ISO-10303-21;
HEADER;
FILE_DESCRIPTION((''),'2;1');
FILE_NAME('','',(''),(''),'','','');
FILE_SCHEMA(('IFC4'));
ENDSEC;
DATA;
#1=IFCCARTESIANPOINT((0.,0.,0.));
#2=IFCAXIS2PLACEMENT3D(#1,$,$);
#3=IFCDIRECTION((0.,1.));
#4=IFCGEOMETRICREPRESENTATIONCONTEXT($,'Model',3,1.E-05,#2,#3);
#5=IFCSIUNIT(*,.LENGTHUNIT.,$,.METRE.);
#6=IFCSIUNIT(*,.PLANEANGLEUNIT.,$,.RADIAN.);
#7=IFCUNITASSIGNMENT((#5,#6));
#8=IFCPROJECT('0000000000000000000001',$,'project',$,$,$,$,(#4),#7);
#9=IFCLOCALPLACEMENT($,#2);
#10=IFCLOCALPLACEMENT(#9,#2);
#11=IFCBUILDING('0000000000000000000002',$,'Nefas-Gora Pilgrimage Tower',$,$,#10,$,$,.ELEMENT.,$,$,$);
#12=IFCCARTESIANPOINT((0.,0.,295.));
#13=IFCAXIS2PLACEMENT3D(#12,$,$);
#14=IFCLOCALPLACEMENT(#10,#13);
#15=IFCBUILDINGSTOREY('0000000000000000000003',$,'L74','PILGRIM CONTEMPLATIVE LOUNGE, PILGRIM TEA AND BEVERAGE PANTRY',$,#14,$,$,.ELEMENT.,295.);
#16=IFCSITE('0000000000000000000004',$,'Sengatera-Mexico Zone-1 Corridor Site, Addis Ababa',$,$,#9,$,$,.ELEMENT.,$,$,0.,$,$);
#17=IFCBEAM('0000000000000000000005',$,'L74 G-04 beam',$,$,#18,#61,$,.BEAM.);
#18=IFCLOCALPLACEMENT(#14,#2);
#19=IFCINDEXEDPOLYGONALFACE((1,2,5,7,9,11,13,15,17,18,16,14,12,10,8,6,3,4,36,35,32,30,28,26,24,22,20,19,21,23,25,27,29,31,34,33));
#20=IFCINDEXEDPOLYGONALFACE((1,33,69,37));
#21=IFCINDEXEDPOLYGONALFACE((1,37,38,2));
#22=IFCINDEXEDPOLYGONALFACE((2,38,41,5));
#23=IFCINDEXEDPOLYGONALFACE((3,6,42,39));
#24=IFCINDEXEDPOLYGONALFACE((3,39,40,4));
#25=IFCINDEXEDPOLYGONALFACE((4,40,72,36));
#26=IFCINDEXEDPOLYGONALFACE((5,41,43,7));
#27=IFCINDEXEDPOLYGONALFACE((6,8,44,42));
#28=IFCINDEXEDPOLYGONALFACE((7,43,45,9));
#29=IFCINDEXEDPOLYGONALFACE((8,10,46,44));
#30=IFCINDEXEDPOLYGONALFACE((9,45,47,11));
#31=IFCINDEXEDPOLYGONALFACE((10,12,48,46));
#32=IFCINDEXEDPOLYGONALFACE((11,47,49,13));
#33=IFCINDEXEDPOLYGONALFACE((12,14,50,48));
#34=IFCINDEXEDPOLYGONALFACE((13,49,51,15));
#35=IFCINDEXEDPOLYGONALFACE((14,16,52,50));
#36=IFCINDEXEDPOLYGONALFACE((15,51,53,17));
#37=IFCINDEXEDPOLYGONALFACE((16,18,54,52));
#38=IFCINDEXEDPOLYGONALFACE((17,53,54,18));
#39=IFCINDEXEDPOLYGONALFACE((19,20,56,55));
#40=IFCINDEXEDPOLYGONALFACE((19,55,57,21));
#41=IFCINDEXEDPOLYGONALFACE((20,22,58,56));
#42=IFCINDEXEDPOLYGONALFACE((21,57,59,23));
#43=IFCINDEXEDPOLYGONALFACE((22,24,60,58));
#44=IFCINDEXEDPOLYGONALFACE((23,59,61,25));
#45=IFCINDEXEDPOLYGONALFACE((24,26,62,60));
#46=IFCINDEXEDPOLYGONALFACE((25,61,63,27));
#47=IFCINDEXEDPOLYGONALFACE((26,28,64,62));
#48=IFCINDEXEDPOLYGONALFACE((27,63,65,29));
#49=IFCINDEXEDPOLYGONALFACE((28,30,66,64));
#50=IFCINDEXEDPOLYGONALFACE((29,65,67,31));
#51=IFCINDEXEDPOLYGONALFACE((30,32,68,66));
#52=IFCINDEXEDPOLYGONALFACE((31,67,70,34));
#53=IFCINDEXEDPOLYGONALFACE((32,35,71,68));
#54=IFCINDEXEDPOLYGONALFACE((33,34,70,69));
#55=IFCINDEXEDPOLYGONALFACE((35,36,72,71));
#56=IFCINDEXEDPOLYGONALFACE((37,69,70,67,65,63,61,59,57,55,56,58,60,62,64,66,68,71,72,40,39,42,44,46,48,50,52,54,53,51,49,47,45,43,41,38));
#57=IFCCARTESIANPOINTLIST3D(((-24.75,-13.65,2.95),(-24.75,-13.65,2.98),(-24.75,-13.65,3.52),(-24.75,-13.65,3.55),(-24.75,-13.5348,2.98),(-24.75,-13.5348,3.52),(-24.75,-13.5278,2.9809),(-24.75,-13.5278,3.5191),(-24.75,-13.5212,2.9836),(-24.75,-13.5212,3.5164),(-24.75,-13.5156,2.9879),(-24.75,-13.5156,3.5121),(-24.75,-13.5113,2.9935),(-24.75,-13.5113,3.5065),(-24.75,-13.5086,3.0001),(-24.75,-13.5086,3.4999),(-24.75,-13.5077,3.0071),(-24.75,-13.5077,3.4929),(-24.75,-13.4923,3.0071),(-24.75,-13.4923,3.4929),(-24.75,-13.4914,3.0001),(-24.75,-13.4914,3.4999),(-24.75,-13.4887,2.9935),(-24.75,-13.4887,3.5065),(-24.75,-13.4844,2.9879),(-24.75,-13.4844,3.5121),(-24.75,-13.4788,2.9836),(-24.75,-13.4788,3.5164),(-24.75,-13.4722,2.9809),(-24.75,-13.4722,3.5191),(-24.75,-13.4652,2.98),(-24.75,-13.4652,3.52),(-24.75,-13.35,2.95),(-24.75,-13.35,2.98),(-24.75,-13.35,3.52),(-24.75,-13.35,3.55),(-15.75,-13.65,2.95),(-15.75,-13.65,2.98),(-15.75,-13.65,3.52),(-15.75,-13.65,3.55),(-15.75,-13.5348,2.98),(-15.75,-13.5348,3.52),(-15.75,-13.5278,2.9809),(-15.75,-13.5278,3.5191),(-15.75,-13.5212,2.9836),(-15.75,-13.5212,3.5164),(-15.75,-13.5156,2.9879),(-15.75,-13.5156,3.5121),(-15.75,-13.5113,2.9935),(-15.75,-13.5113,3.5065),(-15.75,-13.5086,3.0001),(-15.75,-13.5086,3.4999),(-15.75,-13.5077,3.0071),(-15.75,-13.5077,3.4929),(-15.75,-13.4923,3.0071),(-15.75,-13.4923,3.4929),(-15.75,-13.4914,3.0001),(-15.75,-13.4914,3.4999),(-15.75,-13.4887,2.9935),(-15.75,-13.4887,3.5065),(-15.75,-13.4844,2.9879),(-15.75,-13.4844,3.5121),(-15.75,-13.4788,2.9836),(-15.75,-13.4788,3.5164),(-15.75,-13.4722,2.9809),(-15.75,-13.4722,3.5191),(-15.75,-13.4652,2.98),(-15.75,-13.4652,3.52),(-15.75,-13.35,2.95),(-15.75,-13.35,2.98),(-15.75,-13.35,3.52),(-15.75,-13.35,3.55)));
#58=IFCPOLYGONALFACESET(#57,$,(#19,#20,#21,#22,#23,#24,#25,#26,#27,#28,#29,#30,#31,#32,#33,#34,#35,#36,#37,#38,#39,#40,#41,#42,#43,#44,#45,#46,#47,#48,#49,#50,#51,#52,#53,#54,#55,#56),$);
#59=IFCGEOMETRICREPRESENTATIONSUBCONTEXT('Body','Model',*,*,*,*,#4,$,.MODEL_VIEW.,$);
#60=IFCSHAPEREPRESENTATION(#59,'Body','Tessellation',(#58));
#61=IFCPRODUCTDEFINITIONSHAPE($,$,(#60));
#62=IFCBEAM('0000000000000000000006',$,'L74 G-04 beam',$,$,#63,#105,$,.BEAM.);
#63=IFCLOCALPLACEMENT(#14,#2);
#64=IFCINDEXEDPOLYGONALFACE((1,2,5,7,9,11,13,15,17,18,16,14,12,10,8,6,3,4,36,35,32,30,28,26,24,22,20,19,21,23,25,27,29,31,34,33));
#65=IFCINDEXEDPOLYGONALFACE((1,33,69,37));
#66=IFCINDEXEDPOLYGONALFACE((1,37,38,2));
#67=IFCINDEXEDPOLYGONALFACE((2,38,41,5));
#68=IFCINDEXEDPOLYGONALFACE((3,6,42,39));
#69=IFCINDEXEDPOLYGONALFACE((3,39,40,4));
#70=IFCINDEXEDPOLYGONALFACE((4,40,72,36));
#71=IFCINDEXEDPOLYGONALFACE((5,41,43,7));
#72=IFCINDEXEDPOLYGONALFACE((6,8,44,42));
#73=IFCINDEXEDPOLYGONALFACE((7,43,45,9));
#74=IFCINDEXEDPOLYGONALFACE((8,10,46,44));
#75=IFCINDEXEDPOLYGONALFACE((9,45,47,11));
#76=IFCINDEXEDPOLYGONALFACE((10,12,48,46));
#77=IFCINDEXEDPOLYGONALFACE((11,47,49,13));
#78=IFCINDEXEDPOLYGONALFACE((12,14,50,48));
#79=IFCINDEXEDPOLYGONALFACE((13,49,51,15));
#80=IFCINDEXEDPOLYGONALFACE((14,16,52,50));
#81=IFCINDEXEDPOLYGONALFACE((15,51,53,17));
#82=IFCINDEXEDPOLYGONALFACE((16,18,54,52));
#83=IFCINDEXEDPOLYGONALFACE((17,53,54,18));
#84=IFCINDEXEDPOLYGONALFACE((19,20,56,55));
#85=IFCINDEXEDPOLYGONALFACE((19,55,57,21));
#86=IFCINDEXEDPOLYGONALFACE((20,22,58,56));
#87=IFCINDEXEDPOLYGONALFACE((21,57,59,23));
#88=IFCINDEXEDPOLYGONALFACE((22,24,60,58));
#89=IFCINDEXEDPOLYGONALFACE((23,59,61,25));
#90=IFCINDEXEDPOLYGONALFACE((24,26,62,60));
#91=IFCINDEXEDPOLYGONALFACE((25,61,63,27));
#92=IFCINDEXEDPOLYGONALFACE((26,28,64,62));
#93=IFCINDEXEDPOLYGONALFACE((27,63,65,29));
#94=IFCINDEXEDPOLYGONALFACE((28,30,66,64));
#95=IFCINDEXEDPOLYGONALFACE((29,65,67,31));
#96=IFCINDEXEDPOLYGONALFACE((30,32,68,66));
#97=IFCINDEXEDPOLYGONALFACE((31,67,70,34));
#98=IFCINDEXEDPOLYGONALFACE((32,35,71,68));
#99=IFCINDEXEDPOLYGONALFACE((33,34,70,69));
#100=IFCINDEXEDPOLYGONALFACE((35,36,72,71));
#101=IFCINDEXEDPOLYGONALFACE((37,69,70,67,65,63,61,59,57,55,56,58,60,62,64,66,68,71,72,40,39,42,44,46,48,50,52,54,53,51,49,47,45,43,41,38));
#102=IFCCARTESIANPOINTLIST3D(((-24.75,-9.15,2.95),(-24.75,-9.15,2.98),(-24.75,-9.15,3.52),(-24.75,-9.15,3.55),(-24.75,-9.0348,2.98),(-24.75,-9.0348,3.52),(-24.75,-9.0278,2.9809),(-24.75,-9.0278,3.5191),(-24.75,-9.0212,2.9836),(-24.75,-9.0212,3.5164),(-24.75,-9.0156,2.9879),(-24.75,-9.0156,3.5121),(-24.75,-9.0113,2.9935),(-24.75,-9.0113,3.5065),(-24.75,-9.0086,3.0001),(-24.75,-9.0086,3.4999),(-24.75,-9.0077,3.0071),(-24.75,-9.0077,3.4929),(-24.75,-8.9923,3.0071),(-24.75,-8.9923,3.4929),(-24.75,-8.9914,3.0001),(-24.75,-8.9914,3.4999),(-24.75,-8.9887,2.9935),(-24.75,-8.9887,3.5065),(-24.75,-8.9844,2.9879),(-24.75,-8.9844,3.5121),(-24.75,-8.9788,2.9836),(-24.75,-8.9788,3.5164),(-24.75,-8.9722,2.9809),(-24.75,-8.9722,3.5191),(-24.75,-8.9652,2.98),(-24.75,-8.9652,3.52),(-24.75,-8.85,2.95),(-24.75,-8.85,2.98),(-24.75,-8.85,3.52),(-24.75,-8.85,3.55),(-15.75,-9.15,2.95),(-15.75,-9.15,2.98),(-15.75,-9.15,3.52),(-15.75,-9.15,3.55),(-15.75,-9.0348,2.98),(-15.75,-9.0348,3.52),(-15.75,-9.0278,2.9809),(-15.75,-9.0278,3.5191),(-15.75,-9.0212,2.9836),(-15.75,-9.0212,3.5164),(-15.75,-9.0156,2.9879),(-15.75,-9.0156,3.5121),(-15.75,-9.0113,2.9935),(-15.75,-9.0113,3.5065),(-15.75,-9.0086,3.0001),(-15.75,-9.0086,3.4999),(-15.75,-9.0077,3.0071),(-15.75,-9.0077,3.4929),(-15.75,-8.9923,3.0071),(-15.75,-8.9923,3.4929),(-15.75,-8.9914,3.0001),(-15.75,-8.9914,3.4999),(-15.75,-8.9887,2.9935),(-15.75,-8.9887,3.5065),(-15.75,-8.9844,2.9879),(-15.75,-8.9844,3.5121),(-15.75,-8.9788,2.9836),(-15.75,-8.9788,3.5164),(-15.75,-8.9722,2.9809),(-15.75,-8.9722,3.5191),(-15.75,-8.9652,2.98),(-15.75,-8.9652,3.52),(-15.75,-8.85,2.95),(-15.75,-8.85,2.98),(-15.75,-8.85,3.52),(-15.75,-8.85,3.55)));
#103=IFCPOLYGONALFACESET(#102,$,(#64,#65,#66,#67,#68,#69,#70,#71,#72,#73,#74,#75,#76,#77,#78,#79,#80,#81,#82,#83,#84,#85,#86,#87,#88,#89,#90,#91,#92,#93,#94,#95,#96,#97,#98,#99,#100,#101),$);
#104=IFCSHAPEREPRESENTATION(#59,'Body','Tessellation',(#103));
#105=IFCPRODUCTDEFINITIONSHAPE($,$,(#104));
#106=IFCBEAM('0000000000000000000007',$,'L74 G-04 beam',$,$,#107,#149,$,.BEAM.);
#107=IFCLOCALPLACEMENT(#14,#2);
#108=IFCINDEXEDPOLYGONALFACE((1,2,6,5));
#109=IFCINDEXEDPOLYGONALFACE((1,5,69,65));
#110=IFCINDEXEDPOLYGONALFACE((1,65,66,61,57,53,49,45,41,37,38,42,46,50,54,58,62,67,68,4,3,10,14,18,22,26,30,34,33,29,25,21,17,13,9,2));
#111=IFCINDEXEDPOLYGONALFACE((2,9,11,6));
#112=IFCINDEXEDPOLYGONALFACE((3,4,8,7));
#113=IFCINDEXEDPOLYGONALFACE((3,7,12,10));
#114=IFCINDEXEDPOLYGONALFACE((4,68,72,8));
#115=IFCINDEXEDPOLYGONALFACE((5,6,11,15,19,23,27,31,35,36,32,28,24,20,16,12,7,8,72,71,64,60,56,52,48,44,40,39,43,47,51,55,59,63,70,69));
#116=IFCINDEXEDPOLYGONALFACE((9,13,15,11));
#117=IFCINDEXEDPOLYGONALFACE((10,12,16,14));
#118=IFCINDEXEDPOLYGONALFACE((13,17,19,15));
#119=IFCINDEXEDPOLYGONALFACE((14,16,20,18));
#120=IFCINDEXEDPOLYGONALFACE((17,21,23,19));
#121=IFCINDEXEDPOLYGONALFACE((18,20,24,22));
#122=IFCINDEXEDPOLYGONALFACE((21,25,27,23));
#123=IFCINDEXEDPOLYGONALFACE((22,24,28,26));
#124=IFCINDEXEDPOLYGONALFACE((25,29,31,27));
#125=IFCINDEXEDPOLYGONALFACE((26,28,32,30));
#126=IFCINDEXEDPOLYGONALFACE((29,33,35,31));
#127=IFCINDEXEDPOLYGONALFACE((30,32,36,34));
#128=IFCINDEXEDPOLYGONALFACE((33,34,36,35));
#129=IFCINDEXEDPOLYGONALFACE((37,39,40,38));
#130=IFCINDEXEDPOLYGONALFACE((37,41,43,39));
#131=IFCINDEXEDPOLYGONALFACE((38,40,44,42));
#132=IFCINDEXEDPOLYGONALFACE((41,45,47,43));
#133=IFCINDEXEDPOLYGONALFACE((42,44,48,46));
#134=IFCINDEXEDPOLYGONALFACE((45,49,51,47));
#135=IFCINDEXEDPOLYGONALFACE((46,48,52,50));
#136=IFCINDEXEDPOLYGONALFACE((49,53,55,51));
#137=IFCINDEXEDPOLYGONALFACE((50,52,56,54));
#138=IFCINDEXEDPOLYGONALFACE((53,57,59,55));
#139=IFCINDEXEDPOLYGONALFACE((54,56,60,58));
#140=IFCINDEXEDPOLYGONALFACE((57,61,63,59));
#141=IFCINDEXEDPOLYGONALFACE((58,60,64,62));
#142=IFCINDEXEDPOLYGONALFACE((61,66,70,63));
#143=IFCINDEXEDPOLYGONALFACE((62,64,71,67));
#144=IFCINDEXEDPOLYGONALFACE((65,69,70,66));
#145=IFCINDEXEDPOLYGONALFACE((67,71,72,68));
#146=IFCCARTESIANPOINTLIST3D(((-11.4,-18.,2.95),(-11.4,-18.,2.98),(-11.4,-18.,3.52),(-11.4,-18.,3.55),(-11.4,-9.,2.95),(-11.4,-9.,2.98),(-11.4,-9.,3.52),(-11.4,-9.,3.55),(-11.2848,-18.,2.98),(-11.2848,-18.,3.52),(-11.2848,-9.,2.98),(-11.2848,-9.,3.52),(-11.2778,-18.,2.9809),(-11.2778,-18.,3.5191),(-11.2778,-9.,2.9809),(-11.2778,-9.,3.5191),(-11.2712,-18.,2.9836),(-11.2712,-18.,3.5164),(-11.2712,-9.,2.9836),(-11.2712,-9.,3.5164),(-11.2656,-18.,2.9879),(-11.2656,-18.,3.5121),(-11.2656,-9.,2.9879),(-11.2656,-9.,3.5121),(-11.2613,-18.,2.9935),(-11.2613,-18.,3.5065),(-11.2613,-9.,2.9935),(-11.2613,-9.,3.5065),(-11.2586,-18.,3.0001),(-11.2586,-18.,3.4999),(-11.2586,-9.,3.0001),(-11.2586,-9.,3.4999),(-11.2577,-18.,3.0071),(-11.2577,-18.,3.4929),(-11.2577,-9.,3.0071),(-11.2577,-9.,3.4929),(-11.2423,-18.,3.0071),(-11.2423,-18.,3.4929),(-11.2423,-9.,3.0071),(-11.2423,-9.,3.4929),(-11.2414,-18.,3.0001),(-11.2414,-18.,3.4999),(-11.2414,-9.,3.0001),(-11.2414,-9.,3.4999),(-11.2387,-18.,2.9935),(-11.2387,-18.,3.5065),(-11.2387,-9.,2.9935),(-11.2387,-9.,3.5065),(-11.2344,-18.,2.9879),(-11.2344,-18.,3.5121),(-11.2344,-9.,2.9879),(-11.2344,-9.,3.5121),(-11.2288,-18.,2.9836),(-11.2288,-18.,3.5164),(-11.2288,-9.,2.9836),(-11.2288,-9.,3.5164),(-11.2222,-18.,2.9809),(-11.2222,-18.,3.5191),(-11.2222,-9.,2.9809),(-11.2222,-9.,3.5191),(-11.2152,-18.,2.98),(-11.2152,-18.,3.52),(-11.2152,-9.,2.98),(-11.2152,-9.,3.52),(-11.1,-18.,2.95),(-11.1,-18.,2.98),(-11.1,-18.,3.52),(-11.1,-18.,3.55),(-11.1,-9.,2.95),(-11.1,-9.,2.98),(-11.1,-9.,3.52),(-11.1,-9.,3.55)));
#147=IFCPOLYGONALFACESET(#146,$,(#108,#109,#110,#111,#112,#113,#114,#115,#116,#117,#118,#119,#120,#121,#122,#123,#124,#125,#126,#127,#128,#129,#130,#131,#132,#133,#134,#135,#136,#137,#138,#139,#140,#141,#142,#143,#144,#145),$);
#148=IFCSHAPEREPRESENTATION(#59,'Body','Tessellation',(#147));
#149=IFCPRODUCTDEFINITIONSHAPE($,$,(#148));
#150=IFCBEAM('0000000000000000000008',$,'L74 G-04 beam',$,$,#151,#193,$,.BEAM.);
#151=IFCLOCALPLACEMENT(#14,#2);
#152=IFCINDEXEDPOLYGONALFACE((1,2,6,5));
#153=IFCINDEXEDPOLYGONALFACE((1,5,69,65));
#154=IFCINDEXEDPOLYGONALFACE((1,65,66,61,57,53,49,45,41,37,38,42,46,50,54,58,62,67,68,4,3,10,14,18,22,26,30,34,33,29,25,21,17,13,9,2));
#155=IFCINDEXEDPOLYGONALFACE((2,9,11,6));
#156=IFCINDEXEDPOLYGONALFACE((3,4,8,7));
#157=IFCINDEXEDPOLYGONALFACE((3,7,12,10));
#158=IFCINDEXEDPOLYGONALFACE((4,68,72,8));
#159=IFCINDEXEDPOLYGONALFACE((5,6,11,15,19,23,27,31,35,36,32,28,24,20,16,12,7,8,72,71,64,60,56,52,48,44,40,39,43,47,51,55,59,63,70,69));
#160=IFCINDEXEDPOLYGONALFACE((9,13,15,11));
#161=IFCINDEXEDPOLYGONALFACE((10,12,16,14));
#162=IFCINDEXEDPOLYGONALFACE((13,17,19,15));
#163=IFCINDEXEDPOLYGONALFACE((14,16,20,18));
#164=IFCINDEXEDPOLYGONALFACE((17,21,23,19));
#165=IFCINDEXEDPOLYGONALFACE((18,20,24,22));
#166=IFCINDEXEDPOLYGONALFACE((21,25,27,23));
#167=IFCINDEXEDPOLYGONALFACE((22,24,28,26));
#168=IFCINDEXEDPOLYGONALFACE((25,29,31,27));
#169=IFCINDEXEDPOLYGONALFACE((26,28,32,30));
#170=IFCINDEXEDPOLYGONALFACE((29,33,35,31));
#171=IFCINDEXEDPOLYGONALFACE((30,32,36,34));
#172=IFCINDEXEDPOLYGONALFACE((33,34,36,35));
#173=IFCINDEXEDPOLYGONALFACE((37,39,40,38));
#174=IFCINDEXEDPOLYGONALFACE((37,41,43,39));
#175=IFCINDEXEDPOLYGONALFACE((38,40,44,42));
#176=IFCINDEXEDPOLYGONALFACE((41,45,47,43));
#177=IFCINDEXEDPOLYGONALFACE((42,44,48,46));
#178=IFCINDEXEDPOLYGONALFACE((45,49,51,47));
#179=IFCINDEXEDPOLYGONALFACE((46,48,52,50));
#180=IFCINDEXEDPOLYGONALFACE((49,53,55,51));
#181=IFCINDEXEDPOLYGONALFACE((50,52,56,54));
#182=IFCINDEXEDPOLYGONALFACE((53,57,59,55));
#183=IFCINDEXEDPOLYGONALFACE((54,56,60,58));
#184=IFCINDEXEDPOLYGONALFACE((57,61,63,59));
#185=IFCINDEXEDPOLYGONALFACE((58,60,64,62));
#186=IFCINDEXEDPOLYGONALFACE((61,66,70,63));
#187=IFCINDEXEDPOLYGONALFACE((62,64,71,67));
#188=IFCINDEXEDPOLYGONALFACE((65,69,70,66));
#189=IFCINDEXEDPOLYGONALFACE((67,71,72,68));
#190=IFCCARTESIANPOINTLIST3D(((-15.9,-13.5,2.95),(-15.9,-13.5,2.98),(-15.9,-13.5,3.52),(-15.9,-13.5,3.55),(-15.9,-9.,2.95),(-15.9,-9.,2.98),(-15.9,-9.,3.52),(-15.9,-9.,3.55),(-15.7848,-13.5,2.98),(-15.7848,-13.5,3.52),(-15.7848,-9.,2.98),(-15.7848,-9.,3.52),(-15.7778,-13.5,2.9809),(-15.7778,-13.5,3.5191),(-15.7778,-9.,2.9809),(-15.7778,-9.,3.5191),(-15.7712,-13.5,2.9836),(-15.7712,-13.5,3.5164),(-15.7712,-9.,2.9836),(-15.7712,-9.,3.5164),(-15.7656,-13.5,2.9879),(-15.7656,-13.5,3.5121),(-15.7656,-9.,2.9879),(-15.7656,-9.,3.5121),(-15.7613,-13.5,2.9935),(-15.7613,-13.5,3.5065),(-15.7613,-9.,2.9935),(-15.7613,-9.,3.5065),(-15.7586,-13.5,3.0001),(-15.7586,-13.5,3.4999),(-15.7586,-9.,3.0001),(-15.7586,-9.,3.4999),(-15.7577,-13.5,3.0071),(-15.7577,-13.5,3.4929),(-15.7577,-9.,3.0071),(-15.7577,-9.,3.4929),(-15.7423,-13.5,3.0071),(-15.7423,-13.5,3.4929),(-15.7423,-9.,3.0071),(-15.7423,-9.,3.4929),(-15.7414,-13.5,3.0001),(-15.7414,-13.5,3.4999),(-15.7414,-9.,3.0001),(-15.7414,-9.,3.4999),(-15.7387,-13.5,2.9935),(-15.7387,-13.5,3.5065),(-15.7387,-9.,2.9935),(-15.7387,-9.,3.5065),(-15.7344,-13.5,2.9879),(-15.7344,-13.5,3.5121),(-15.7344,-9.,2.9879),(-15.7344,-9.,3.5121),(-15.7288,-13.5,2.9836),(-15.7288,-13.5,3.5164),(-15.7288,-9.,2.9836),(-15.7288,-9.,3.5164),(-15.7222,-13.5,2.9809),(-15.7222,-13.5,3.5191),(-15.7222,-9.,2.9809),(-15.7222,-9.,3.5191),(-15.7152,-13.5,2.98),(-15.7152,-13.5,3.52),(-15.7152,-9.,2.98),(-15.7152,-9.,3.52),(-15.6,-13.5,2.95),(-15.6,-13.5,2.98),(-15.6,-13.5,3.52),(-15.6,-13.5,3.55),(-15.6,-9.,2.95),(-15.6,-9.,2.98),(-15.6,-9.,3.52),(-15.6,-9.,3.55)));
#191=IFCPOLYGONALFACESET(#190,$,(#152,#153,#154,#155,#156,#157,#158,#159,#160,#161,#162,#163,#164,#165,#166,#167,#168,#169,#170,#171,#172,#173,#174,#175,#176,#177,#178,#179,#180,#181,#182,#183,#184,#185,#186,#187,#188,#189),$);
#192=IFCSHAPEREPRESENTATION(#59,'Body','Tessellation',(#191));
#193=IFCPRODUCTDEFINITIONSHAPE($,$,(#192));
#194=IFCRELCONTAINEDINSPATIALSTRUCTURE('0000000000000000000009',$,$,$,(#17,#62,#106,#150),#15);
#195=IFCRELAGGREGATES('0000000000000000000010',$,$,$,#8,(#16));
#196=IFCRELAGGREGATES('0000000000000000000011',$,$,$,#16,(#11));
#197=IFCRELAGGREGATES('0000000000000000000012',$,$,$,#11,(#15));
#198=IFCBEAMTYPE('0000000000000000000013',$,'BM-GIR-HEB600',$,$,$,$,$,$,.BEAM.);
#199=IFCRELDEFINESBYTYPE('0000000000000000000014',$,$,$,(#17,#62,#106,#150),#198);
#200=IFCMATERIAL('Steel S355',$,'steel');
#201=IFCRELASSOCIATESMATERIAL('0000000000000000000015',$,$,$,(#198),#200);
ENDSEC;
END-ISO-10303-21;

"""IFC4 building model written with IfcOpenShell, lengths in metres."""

from ifc_helpers import new_model, si_unit, direction, frame, origin, origin_2d, place, context, subcontext, project, spatial, i_section, extrude, source, transform, mapped, material, material_profile, profile_set, type_object, element, save


model = new_model("IFC4")

# Units and contexts
model_context = context("Model", 3, precision=1e-05, world=origin(), true_north=direction((0.0, 1.0)))
body_context = subcontext(model_context, "Body", "Model", "MODEL_VIEW")
ifc_project = project(units=[si_unit("LENGTHUNIT", "METRE"), si_unit("PLANEANGLEUNIT", "RADIAN")], contexts=[model_context])

# Site, building, storey
site_placement = place(None, origin())
site = spatial("IfcSite", under=ifc_project, at=site_placement, Name="Sengatera-Mexico Zone-1 Corridor Site, Addis Ababa", CompositionType="ELEMENT", RefElevation=0.0)
building_placement = place(site_placement, origin())
building = spatial("IfcBuilding", under=site, at=building_placement, Name="Nefas-Gora Pilgrimage Tower", CompositionType="ELEMENT")
storey_placement = place(building_placement, frame((0.0, 0.0, 295.0)))
storey = spatial("IfcBuildingStorey", under=building, at=storey_placement, Name="L74", Description="PILGRIM CONTEMPLATIVE LOUNGE, PILGRIM TEA AND BEVERAGE PANTRY", CompositionType="ELEMENT", Elevation=295.0)

# Shared definitions
ifc_material_1 = material(Name="Steel S355", Category="steel")

# Beams
ifc_material_profile_1 = material_profile(ifc_material_1, i_section(OverallWidth=0.3, OverallDepth=0.6001, WebThickness=0.0154, FlangeThickness=0.03, FilletRadius=0.0271, at=origin_2d()), Name="HEB 600")
ifc_profile_set_1 = profile_set([ifc_material_profile_1], Name="Steel S355")
beam_type_1 = type_object("IfcBeamType", Name="BM-GIR-HEB600", PredefinedType="BEAM", material=ifc_profile_set_1)
shared_shape_1 = source(origin(), body_context, "Body", "SweptSolid", [
    extrude(i_section(OverallWidth=0.3, OverallDepth=0.6001, WebThickness=0.0154, FlangeThickness=0.03, FilletRadius=0.0271, at=origin_2d()), origin(), (0.0, 0.0, 1.0), 9.0),
])
for number, where, z_axis, x_axis, name in (
    (1, (-24.75, -13.5, 3.25), (1.0, 0.0, 0.0), (0.0, 1.0, 0.0), "L74 G-04 beam"),
    (2, (-24.75, -9.0, 3.25), (1.0, 0.0, 0.0), (0.0, 1.0, 0.0), "L74 G-04 beam"),
    (3, (-11.25, -18.0, 3.25), (0.0, 1.0, 0.0), (-1.0, 0.0, 0.0), "L74 G-04 beam"),
):
    element("IfcBeam", number, at=place(storey_placement, frame(where, z_axis=z_axis, x_axis=x_axis)), inside=storey, type_object=beam_type_1, Name=name, PredefinedType="BEAM", context=body_context, shape_type="MappedRepresentation", body=[
        mapped(shared_shape_1, transform((0.0, 0.0, 0.0), x_axis=(1.0, 0.0, 0.0), y_axis=(0.0, 1.0, 0.0), z_axis=(0.0, 0.0, 1.0), scale=1.0)),
    ])
shared_shape_2 = source(origin(), body_context, "Body", "SweptSolid", [
    extrude(i_section(OverallWidth=0.3, OverallDepth=0.6001, WebThickness=0.0154, FlangeThickness=0.03, FilletRadius=0.0271, at=origin_2d()), origin(), (0.0, 0.0, 1.0), 4.5),
])
for number, where, z_axis, x_axis, name in (
    (4, (-15.75, -13.5, 3.25), (0.0, 1.0, 0.0), (-1.0, 0.0, 0.0), "L74 G-04 beam"),
):
    element("IfcBeam", number, at=place(storey_placement, frame(where, z_axis=z_axis, x_axis=x_axis)), inside=storey, type_object=beam_type_1, Name=name, PredefinedType="BEAM", context=body_context, shape_type="MappedRepresentation", body=[
        mapped(shared_shape_2, transform((0.0, 0.0, 0.0), x_axis=(1.0, 0.0, 0.0), y_axis=(0.0, 1.0, 0.0), z_axis=(0.0, 0.0, 1.0), scale=1.0)),
    ])

save(model, "model.ifc")
